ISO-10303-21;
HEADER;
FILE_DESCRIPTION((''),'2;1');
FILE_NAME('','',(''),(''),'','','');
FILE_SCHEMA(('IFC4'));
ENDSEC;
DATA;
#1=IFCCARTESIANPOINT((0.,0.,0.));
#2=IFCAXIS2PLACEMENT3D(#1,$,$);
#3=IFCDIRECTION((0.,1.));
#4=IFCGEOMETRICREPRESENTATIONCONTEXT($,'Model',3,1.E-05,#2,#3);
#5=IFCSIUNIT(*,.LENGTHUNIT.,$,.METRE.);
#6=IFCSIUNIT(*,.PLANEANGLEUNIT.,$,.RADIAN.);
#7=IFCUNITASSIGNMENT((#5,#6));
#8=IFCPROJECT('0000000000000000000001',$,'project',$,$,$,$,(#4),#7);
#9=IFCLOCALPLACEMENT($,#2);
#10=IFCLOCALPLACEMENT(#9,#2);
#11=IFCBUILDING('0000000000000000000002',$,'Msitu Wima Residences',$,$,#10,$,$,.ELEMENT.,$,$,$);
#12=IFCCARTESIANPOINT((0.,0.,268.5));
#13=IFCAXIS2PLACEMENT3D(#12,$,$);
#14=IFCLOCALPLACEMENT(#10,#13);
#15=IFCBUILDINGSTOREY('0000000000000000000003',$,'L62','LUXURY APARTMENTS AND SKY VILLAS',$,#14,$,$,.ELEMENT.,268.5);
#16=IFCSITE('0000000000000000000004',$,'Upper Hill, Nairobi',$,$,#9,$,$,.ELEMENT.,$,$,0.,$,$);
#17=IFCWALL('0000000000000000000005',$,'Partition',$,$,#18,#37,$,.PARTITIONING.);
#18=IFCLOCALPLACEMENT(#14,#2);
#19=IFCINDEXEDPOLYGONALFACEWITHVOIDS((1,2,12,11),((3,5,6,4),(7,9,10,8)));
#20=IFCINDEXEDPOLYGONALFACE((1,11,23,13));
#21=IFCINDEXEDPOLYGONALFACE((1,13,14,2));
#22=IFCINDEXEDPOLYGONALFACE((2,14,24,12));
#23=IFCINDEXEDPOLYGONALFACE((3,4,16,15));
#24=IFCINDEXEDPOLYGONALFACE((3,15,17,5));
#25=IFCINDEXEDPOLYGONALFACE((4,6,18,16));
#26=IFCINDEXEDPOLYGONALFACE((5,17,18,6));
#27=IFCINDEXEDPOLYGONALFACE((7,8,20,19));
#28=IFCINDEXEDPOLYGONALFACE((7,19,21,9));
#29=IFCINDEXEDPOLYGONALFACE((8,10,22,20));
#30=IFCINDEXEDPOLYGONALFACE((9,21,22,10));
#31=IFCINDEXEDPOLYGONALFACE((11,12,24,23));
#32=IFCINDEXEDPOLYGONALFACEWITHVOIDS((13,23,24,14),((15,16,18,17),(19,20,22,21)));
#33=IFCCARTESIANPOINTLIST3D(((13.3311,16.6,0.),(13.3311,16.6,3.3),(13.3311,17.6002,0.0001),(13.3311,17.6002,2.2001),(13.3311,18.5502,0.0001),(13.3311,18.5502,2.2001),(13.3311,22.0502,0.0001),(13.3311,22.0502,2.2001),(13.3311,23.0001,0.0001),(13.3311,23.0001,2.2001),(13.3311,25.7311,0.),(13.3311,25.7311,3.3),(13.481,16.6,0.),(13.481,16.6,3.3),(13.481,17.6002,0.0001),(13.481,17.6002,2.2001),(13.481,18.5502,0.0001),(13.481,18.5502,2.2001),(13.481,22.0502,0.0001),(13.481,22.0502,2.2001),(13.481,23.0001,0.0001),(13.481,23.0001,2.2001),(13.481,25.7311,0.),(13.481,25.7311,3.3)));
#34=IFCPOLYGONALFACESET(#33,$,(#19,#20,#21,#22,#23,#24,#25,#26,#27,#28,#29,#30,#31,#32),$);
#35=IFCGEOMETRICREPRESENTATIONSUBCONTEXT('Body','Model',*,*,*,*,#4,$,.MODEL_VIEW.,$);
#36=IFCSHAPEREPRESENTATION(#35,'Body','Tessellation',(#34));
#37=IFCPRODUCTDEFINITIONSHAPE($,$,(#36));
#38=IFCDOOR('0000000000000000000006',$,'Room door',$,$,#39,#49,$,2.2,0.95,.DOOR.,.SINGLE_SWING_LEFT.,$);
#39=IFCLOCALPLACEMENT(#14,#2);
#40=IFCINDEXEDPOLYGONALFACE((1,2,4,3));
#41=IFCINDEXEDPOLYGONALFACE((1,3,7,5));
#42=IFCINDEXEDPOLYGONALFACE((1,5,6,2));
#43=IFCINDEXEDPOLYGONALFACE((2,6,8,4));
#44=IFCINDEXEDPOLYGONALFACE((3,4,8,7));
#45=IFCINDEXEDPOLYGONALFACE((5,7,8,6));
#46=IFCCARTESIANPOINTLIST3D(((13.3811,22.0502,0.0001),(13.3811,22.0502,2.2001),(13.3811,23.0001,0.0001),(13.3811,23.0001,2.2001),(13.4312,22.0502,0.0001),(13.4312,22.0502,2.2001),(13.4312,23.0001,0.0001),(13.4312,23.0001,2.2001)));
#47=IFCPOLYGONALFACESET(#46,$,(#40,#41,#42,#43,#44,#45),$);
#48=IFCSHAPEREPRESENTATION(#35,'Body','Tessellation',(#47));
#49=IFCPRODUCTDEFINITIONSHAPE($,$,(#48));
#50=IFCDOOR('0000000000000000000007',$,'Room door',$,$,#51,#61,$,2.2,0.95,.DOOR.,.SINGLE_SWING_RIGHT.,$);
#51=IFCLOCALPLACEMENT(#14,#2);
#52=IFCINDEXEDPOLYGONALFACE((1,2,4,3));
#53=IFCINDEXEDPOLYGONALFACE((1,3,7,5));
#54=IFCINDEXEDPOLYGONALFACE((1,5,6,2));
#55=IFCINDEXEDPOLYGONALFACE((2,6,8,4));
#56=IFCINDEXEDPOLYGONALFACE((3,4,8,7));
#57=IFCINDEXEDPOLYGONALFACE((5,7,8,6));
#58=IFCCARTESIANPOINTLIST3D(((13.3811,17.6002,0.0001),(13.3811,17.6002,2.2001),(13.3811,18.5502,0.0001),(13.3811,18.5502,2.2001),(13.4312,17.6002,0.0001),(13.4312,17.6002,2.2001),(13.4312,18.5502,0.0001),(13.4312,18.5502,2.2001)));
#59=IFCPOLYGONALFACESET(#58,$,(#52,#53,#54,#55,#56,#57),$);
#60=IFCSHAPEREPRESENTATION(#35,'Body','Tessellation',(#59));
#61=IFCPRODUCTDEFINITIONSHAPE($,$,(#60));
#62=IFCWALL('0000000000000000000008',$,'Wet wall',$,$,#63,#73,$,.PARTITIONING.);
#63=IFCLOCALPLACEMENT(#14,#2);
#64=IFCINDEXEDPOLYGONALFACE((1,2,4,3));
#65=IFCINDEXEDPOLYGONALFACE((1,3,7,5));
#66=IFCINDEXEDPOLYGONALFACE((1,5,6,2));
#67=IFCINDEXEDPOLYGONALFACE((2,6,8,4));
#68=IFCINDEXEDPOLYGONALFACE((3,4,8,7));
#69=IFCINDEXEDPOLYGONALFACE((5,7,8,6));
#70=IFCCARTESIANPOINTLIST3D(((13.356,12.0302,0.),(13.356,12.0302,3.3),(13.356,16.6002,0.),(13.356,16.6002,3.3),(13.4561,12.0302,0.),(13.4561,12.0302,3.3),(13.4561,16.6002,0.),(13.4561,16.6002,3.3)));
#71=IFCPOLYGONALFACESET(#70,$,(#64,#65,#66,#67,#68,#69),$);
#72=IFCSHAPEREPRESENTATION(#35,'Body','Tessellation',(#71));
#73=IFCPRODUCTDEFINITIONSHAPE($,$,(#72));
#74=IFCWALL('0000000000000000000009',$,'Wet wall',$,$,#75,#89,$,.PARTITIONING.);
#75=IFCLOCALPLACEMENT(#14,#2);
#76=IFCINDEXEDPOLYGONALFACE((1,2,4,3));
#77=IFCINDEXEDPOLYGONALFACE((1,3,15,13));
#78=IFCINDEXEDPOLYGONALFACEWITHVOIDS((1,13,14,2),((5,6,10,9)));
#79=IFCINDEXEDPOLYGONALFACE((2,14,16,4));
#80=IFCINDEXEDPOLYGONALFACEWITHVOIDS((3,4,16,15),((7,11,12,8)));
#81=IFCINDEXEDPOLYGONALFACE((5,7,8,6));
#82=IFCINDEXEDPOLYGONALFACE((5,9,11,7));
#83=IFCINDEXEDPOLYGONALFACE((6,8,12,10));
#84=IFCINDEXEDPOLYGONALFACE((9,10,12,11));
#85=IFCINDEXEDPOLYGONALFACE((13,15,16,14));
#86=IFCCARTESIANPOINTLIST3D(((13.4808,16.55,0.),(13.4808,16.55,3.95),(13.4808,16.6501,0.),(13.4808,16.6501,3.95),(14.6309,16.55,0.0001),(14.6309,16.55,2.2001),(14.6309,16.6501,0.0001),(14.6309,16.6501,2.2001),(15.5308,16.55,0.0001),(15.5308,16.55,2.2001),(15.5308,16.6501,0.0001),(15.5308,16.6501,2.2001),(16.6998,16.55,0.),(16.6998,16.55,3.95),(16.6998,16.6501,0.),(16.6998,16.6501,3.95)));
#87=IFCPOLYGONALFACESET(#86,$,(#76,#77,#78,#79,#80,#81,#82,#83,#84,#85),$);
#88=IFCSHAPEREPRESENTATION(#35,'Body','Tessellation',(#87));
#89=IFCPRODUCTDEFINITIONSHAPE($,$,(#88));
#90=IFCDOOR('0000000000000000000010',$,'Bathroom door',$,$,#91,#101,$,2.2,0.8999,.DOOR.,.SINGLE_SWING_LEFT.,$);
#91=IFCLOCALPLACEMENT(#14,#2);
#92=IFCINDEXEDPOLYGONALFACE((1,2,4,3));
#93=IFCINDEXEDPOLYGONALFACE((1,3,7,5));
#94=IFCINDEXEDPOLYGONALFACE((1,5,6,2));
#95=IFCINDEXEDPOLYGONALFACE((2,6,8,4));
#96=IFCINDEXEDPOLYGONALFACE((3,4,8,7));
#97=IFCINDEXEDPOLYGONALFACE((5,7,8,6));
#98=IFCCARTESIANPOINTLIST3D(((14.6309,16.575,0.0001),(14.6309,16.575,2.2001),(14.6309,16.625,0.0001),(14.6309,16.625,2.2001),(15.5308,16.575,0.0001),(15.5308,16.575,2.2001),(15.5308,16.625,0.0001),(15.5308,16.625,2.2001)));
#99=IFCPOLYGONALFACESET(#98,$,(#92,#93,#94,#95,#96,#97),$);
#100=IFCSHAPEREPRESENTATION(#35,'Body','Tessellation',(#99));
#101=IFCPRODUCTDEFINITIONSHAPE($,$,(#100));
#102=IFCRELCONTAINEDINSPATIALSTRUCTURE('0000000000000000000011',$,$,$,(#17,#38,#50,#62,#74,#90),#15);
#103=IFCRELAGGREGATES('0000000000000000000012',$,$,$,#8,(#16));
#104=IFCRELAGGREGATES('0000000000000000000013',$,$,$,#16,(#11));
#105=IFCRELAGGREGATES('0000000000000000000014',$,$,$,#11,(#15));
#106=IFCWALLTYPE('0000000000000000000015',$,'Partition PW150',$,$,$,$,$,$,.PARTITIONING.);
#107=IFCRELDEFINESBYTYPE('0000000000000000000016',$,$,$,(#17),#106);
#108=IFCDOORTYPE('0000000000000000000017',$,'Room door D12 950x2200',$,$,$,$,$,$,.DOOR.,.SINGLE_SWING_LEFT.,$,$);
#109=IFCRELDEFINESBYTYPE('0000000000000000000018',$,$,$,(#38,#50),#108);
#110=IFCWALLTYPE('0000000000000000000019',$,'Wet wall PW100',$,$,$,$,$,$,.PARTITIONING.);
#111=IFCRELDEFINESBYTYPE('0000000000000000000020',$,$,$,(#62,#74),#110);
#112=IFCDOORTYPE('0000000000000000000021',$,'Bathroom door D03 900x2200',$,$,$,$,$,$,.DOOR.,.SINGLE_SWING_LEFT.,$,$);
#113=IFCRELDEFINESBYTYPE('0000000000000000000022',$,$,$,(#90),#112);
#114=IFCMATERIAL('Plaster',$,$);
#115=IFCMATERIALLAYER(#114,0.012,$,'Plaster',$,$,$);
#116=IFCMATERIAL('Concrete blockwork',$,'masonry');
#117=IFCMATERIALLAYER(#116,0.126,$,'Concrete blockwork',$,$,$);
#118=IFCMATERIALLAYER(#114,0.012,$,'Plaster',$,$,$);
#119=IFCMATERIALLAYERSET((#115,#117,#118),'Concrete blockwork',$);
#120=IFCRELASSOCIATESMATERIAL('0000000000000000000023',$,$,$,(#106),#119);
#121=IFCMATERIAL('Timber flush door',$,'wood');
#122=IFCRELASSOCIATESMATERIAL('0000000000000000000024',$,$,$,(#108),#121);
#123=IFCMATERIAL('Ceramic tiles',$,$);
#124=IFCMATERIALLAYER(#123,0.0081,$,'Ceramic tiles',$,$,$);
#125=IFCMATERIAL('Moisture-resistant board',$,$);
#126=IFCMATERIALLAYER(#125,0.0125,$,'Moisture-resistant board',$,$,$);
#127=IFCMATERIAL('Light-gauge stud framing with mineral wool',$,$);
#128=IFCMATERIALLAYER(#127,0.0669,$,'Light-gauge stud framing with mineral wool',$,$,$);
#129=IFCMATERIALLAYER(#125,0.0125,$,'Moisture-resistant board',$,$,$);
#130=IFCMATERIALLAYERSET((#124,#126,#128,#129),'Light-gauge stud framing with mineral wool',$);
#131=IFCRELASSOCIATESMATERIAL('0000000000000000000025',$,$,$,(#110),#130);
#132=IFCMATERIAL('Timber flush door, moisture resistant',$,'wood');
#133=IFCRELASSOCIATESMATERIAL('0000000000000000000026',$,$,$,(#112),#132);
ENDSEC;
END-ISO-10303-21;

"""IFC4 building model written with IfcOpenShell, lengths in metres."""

from ifc_helpers import new_model, si_unit, direction, frame, frame_2d, origin, place, context, subcontext, project, spatial, rectangle, extrude, material, layer, layer_set, type_object, element, fill, save


model = new_model("IFC4")

# Units and contexts
model_context = context("Model", 3, precision=1e-05, world=origin(), true_north=direction((0.0, 1.0)))
body_context = subcontext(model_context, "Body", "Model", "MODEL_VIEW")
ifc_project = project(units=[si_unit("LENGTHUNIT", "METRE"), si_unit("PLANEANGLEUNIT", "RADIAN")], contexts=[model_context])

# Site, building, storey
site_placement = place(None, origin())
site = spatial("IfcSite", under=ifc_project, at=site_placement, Name="Upper Hill, Nairobi", CompositionType="ELEMENT", RefElevation=0.0)
building_placement = place(site_placement, origin())
building = spatial("IfcBuilding", under=site, at=building_placement, Name="Msitu Wima Residences", CompositionType="ELEMENT")
storey_placement = place(building_placement, frame((0.0, 0.0, 268.5)))
storey = spatial("IfcBuildingStorey", under=building, at=storey_placement, Name="L62", Description="LUXURY APARTMENTS AND SKY VILLAS", CompositionType="ELEMENT", Elevation=268.5)

# Shared definitions
ifc_material_1 = material(Name="Plaster")
ifc_material_2 = material(Name="Concrete blockwork", Category="masonry")

# Shared definitions
ifc_layer_1 = layer(ifc_material_1, 0.012, Name="Plaster")
ifc_layer_2 = layer(ifc_material_2, 0.126, Name="Concrete blockwork")
ifc_layer_3 = layer(ifc_material_1, 0.012, Name="Plaster")
ifc_layer_set_1 = layer_set([ifc_layer_1, ifc_layer_2, ifc_layer_3], Name="Concrete blockwork")
wall_type_1 = type_object("IfcWallType", Name="Partition PW150", PredefinedType="PARTITIONING", material=ifc_layer_set_1)
ifc_material_3 = material(Name="Timber flush door", Category="wood")
door_type_1 = type_object("IfcDoorType", Name="Room door D12 950x2200", OperationType="SINGLE_SWING_LEFT", PredefinedType="DOOR", material=ifc_material_3)

# Wall, openings, doors
wall_1_placement = place(storey_placement, frame((13.406, 16.6001, 0.0), z_axis=(0.0, 0.0, 1.0), x_axis=(0.0, 1.0, 0.0)))
wall_1 = element("IfcWall", 1, at=wall_1_placement, inside=storey, type_object=wall_type_1, Name="Partition", PredefinedType="PARTITIONING", context=body_context, shape_type="SweptSolid", body=[
    extrude(rectangle(XDim=9.1311, YDim=0.1499, at=frame_2d((4.5654, 0.0))), origin(), (0.0, 0.0, 1.0), 3.3),
])
opening_1_placement = place(wall_1_placement, frame((5.45, 0.0, 0.0)))
opening_1 = element("IfcOpeningElement", 2, at=opening_1_placement, cuts=wall_1, PredefinedType="OPENING", context=body_context, shape_type="SweptSolid", body=[
    extrude(rectangle(XDim=0.95, YDim=2.2, at=frame_2d((0.4751, 1.1001))), frame((0.0, 0.085, 0.0), z_axis=(0.0, -1.0, 0.0), x_axis=(1.0, 0.0, 0.0)), (0.0, 0.0, 1.0), 0.1699),
])
opening_2_placement = place(wall_1_placement, frame((1.0, 0.0, 0.0)))
opening_2 = element("IfcOpeningElement", 3, at=opening_2_placement, cuts=wall_1, PredefinedType="OPENING", context=body_context, shape_type="SweptSolid", body=[
    extrude(rectangle(XDim=0.95, YDim=2.2, at=frame_2d((0.4751, 1.1001))), frame((0.0, 0.085, 0.0), z_axis=(0.0, -1.0, 0.0), x_axis=(1.0, 0.0, 0.0)), (0.0, 0.0, 1.0), 0.1699),
])
door_1_placement = place(opening_1_placement, origin())
door_1 = element("IfcDoor", 4, at=door_1_placement, inside=storey, type_object=door_type_1, Name="Room door", OperationType="SINGLE_SWING_LEFT", OverallHeight=2.2, OverallWidth=0.95, PredefinedType="DOOR", context=body_context, shape_type="SweptSolid", body=[
    extrude(rectangle(XDim=0.95, YDim=2.2, at=frame_2d((0.4751, 1.1001))), frame((0.0, 0.0249, 0.0), z_axis=(0.0, -1.0, 0.0), x_axis=(1.0, 0.0, 0.0)), (0.0, 0.0, 1.0), 0.05),
])
fill(opening_1, door_1)
door_2_placement = place(opening_2_placement, origin())
door_2 = element("IfcDoor", 5, at=door_2_placement, inside=storey, type_object=door_type_1, Name="Room door", OperationType="SINGLE_SWING_RIGHT", OverallHeight=2.2, OverallWidth=0.95, PredefinedType="DOOR", context=body_context, shape_type="SweptSolid", body=[
    extrude(rectangle(XDim=0.95, YDim=2.2, at=frame_2d((0.4751, 1.1001))), frame((0.0, 0.0249, 0.0), z_axis=(0.0, -1.0, 0.0), x_axis=(1.0, 0.0, 0.0)), (0.0, 0.0, 1.0), 0.05),
])
fill(opening_2, door_2)

# Wall
ifc_material_4 = material(Name="Ceramic tiles")
ifc_layer_4 = layer(ifc_material_4, 0.0081, Name="Ceramic tiles")
ifc_material_5 = material(Name="Moisture-resistant board")
ifc_layer_5 = layer(ifc_material_5, 0.0125, Name="Moisture-resistant board")
ifc_material_6 = material(Name="Light-gauge stud framing with mineral wool")
ifc_layer_6 = layer(ifc_material_6, 0.0669, Name="Light-gauge stud framing with mineral wool")
ifc_layer_7 = layer(ifc_material_5, 0.0125, Name="Moisture-resistant board")
ifc_layer_set_2 = layer_set([ifc_layer_4, ifc_layer_5, ifc_layer_6, ifc_layer_7], Name="Light-gauge stud framing with mineral wool")
wall_type_2 = type_object("IfcWallType", Name="Wet wall PW100", PredefinedType="PARTITIONING", material=ifc_layer_set_2)
wall_2_placement = place(storey_placement, frame((13.406, 12.03, 0.0), z_axis=(0.0, 0.0, 1.0), x_axis=(0.0, 1.0, 0.0)))
element("IfcWall", 6, at=wall_2_placement, inside=storey, type_object=wall_type_2, Name="Wet wall", PredefinedType="PARTITIONING", context=body_context, shape_type="SweptSolid", body=[
    extrude(rectangle(XDim=4.5701, YDim=0.1001, at=frame_2d((2.2852, 0.0))), origin(), (0.0, 0.0, 1.0), 3.3),
])

# Wall, opening, door
wall_3_placement = place(storey_placement, frame((13.481, 16.6001, 0.0), z_axis=(0.0, 0.0, 1.0), x_axis=(1.0, 0.0, 0.0)))
wall_3 = element("IfcWall", 7, at=wall_3_placement, inside=storey, type_object=wall_type_2, Name="Wet wall", PredefinedType="PARTITIONING", context=body_context, shape_type="SweptSolid", body=[
    extrude(rectangle(XDim=3.219, YDim=0.1001, at=frame_2d((1.6094, 0.0))), origin(), (0.0, 0.0, 1.0), 3.95),
])
opening_3_placement = place(wall_3_placement, frame((1.1499, 0.0, 0.0)))
opening_3 = element("IfcOpeningElement", 8, at=opening_3_placement, cuts=wall_3, PredefinedType="OPENING", context=body_context, shape_type="SweptSolid", body=[
    extrude(rectangle(XDim=0.8999, YDim=2.2, at=frame_2d((0.45, 1.1001))), frame((0.0, 0.0601, 0.0), z_axis=(0.0, -1.0, 0.0), x_axis=(1.0, 0.0, 0.0)), (0.0, 0.0, 1.0), 0.1201),
])
ifc_material_7 = material(Name="Timber flush door, moisture resistant", Category="wood")
door_type_2 = type_object("IfcDoorType", Name="Bathroom door D03 900x2200", OperationType="SINGLE_SWING_LEFT", PredefinedType="DOOR", material=ifc_material_7)
door_3_placement = place(opening_3_placement, origin())
door_3 = element("IfcDoor", 9, at=door_3_placement, inside=storey, type_object=door_type_2, Name="Bathroom door", OperationType="SINGLE_SWING_LEFT", OverallHeight=2.2, OverallWidth=0.8999, PredefinedType="DOOR", context=body_context, shape_type="SweptSolid", body=[
    extrude(rectangle(XDim=0.8999, YDim=2.2, at=frame_2d((0.45, 1.1001))), frame((0.0, 0.0249, 0.0), z_axis=(0.0, -1.0, 0.0), x_axis=(1.0, 0.0, 0.0)), (0.0, 0.0, 1.0), 0.05),
])
fill(opening_3, door_3)

save(model, "model.ifc")
